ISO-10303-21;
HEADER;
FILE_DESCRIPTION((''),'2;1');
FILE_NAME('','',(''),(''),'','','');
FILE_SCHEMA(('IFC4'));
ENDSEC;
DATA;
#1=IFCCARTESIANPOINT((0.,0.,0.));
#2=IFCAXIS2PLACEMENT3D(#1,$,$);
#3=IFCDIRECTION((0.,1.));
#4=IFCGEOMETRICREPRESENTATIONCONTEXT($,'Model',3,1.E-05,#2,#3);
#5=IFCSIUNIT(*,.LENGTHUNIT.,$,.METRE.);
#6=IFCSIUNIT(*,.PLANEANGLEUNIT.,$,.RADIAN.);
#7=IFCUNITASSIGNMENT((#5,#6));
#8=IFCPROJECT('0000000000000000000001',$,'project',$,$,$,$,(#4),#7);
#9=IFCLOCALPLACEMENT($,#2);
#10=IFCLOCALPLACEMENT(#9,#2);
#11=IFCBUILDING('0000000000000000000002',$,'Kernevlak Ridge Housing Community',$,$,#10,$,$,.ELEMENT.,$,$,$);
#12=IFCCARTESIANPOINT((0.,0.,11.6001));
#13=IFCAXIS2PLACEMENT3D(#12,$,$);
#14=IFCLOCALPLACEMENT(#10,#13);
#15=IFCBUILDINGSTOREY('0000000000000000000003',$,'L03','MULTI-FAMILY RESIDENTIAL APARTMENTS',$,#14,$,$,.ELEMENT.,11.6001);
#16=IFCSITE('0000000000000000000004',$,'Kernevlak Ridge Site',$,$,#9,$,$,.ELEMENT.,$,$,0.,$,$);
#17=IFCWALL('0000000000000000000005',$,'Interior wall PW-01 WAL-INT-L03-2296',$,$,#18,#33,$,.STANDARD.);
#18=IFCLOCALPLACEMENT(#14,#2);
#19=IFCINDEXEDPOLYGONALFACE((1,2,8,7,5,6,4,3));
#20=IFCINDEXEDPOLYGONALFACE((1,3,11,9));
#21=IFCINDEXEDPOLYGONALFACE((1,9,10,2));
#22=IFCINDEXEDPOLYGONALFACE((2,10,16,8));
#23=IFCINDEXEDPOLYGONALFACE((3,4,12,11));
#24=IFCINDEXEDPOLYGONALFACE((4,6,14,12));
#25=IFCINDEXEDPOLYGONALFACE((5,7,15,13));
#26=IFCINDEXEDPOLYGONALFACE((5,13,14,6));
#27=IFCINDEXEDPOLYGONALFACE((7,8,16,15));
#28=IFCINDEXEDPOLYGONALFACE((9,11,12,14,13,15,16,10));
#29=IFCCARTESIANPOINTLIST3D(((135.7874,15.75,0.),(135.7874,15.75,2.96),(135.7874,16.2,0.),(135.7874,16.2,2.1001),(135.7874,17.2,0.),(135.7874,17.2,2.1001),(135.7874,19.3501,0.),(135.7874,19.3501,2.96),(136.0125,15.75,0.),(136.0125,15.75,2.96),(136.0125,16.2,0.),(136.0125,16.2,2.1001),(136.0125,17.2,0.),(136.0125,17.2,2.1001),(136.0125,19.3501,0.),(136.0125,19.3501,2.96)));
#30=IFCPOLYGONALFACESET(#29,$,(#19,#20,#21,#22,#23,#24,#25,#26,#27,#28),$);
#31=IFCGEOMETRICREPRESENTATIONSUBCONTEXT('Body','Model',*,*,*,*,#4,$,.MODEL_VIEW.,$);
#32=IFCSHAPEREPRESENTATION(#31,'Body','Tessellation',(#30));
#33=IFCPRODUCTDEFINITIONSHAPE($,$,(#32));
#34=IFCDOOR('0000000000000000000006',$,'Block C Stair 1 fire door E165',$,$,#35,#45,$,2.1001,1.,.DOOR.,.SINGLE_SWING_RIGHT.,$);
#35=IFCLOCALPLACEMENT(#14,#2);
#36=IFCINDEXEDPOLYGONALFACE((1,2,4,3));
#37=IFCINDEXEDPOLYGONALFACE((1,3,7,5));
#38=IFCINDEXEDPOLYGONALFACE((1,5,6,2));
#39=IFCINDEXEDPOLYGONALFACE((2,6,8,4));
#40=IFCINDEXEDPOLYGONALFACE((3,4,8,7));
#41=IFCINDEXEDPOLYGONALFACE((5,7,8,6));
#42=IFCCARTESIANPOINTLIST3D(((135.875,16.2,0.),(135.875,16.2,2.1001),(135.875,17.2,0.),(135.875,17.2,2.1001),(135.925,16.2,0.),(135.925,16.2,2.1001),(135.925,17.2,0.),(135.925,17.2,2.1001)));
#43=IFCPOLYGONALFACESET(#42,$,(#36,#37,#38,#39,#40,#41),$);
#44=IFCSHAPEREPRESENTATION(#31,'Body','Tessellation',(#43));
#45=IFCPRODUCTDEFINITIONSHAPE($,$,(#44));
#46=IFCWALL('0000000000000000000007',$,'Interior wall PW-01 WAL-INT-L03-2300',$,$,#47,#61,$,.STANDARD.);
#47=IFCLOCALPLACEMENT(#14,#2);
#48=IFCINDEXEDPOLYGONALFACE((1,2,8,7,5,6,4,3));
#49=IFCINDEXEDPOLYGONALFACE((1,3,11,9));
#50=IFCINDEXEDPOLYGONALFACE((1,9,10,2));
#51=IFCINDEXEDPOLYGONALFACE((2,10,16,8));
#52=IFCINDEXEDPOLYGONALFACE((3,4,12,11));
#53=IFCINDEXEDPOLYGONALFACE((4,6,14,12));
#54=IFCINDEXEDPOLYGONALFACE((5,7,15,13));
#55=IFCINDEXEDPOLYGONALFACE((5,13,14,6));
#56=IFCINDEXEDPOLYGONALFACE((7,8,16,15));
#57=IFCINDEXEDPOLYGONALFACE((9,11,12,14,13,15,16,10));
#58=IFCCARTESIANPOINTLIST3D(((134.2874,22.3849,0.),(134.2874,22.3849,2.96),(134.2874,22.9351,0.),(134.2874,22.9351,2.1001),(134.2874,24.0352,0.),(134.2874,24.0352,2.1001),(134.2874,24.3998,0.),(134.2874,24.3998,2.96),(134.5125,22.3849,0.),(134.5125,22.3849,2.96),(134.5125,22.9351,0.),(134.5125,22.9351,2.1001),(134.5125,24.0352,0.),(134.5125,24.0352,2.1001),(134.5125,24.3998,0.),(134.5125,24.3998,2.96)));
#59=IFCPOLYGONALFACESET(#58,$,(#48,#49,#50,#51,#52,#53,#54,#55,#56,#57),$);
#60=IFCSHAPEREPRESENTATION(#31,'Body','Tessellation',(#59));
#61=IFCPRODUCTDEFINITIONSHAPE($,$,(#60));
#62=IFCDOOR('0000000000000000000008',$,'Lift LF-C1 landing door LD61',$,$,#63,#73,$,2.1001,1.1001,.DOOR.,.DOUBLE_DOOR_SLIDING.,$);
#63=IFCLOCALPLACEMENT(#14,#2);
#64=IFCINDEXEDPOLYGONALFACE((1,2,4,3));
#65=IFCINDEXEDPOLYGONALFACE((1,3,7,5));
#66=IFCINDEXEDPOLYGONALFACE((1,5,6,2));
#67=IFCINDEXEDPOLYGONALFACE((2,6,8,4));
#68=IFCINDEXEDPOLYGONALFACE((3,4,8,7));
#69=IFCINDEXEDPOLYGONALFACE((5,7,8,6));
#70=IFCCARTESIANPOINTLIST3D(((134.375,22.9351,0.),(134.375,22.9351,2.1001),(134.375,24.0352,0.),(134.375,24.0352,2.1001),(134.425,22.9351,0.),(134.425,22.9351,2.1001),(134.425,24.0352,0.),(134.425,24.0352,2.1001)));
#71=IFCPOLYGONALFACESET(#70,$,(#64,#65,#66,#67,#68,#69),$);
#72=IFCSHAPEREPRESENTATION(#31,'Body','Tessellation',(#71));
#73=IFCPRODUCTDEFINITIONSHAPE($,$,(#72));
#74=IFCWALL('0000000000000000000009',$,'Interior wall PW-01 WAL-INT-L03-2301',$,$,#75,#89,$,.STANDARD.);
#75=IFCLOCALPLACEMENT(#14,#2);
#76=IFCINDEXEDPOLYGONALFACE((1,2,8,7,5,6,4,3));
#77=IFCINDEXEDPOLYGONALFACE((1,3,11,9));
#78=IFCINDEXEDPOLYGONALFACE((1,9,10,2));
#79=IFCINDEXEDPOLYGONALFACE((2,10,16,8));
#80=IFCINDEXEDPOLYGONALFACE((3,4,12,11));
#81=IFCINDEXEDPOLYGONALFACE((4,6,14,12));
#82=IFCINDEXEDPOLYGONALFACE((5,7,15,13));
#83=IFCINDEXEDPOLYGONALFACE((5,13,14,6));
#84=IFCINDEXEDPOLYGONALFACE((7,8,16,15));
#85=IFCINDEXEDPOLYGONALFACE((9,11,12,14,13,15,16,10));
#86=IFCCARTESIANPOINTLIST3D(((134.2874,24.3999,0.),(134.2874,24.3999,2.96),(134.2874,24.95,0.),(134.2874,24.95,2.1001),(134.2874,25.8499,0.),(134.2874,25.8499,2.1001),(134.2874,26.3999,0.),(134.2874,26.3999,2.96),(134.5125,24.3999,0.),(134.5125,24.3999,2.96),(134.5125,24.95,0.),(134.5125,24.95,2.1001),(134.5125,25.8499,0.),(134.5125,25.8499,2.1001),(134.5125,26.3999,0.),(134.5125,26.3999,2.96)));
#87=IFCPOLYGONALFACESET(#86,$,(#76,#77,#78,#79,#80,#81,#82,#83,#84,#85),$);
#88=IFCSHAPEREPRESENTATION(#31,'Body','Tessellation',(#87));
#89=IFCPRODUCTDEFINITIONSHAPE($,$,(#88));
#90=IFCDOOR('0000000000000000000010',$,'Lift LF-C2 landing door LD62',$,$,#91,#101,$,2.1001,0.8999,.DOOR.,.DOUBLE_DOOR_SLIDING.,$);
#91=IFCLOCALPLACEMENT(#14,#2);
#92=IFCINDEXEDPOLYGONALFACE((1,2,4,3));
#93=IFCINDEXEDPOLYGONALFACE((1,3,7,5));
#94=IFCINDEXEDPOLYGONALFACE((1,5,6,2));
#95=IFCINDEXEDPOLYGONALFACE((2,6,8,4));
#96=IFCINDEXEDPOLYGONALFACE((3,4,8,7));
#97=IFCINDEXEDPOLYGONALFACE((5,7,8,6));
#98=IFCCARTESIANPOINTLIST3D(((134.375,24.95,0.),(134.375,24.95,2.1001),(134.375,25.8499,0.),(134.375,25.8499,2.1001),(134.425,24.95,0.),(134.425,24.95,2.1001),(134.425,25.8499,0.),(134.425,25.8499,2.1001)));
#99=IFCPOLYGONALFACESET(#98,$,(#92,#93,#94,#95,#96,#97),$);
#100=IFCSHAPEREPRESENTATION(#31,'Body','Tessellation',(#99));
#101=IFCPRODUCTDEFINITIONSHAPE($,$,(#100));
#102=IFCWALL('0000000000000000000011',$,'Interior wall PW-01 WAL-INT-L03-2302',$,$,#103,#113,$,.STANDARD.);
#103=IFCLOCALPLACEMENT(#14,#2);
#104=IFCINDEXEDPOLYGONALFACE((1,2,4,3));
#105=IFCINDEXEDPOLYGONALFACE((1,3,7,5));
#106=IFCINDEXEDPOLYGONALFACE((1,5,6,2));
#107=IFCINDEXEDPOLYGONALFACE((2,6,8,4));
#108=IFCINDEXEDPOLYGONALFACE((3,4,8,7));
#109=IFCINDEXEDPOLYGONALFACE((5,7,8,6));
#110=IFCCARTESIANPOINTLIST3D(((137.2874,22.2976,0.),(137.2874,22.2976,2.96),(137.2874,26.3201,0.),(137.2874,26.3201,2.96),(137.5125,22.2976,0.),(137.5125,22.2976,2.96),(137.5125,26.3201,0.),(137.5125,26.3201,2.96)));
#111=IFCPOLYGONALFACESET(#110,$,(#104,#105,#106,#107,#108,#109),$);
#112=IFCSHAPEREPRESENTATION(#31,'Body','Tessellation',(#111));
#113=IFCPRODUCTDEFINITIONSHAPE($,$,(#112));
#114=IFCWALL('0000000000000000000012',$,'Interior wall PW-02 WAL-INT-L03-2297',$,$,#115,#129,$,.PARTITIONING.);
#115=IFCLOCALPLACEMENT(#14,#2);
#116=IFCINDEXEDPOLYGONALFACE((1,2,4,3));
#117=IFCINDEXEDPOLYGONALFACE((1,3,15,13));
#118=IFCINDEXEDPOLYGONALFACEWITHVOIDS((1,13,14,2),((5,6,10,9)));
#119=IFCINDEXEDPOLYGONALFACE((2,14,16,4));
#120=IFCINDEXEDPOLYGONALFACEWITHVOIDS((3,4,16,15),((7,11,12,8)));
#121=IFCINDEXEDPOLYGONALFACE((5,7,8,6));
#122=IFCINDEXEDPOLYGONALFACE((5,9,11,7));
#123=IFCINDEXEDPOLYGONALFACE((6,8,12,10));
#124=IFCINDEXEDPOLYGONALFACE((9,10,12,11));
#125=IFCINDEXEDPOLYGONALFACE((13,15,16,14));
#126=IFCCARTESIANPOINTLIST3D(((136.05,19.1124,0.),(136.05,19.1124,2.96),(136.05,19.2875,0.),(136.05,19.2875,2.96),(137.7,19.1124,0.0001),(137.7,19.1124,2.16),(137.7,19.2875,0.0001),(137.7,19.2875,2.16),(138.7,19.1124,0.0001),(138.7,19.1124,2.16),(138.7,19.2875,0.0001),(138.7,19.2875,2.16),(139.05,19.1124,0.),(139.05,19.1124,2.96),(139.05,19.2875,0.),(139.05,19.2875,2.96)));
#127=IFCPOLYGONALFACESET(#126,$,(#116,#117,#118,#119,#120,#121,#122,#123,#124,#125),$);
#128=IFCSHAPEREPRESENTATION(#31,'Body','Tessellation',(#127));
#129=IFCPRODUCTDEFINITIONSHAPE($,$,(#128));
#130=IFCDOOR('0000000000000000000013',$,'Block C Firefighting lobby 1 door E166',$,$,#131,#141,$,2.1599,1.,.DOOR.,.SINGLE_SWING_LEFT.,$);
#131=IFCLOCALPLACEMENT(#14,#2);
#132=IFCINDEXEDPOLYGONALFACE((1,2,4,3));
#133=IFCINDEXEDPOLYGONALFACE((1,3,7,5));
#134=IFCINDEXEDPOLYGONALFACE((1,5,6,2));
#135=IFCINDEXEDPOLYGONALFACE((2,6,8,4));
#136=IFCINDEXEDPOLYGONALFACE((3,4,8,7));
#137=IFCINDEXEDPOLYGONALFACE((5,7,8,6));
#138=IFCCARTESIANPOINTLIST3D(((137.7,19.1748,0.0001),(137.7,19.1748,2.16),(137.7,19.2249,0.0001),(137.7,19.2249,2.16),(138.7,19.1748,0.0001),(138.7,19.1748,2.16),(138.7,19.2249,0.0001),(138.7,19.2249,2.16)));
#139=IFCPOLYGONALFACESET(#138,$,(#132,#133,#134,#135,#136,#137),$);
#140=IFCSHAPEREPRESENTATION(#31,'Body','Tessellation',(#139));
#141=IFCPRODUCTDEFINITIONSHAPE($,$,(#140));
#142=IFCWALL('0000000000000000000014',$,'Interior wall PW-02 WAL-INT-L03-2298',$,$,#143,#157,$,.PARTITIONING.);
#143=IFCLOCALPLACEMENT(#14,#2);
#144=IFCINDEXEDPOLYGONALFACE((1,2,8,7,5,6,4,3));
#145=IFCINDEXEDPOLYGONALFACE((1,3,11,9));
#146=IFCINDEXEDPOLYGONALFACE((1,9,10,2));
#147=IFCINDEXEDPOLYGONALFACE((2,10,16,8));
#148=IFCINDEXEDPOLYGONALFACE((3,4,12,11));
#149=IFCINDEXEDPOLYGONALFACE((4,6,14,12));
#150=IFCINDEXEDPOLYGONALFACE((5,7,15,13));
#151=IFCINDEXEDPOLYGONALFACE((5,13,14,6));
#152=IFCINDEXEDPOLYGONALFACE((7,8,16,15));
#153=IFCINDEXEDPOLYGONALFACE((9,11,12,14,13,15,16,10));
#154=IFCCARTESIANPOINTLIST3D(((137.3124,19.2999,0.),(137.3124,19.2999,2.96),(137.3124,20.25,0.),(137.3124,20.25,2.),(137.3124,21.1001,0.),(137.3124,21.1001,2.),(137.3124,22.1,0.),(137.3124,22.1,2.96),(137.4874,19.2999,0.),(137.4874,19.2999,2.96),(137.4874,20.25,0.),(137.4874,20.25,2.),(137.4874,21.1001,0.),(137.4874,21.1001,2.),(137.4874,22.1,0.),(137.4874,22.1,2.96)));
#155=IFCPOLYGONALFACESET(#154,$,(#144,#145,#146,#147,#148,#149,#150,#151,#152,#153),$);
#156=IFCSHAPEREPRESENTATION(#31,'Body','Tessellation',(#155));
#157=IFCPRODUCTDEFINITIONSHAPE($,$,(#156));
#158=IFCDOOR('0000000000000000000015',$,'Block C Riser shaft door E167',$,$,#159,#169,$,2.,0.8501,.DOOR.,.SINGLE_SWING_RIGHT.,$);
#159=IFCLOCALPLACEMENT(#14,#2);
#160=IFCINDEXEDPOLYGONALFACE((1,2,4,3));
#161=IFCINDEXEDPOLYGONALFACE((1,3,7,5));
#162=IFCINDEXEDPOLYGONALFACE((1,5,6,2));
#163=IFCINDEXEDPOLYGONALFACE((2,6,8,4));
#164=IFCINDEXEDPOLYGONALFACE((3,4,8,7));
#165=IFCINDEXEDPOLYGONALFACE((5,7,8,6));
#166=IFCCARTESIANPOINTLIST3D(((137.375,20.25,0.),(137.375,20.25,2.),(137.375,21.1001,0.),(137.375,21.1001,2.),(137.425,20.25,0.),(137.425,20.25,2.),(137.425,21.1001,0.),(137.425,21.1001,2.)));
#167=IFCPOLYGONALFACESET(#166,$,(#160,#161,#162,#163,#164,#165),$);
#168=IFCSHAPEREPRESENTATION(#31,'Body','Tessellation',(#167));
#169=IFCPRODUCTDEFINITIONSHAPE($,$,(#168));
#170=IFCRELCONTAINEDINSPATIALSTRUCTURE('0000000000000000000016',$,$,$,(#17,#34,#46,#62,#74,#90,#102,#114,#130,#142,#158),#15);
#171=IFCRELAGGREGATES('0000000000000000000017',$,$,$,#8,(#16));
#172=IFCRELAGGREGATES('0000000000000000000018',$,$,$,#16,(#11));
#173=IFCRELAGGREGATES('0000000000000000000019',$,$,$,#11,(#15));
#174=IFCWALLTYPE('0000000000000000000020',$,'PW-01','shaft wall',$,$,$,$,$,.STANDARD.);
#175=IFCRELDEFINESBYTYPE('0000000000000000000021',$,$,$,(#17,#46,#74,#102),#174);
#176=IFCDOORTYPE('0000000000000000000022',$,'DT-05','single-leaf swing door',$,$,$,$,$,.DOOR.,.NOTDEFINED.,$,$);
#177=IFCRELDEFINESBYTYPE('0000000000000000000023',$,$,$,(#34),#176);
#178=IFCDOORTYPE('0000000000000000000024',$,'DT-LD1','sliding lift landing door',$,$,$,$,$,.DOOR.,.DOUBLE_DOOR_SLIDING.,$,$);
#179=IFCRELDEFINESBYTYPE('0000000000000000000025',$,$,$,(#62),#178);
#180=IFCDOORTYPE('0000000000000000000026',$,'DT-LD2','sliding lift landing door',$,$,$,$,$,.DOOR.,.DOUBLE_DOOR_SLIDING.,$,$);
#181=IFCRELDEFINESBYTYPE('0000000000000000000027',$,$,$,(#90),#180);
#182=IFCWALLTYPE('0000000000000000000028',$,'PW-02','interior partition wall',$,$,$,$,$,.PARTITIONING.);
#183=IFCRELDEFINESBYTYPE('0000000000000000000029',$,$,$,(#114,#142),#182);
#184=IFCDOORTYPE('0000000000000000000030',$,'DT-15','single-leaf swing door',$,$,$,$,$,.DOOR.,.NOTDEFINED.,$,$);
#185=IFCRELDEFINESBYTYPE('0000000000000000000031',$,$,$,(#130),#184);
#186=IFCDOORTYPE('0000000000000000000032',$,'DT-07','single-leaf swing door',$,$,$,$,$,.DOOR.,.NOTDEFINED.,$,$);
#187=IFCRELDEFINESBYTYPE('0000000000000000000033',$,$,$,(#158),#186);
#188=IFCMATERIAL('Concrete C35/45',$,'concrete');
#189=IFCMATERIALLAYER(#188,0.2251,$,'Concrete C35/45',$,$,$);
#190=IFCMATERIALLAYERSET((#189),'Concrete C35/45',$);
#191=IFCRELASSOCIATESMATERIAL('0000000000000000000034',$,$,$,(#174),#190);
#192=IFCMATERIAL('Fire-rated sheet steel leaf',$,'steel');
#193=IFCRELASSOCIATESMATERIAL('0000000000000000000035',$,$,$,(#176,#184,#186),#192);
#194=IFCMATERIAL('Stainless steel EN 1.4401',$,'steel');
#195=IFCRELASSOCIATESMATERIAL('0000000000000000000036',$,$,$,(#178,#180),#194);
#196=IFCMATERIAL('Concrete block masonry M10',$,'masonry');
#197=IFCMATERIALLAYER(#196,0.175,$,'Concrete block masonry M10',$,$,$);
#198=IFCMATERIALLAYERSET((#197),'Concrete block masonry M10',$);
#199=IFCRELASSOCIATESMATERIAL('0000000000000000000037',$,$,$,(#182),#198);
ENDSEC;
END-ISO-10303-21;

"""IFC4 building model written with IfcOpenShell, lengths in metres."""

from ifc_helpers import new_model, si_unit, direction, frame, frame_2d, origin, place, context, subcontext, project, spatial, rectangle, extrude, material, layer, layer_set, type_object, element, fill, save


model = new_model("IFC4")

# Units and contexts
model_context = context("Model", 3, precision=1e-05, world=origin(), true_north=direction((0.0, 1.0)))
body_context = subcontext(model_context, "Body", "Model", "MODEL_VIEW")
ifc_project = project(units=[si_unit("LENGTHUNIT", "METRE"), si_unit("PLANEANGLEUNIT", "RADIAN")], contexts=[model_context])

# Site, building, storey
site_placement = place(None, origin())
site = spatial("IfcSite", under=ifc_project, at=site_placement, Name="Kernevlak Ridge Site", CompositionType="ELEMENT", RefElevation=0.0)
building_placement = place(site_placement, origin())
building = spatial("IfcBuilding", under=site, at=building_placement, Name="Kernevlak Ridge Housing Community", CompositionType="ELEMENT")
storey_placement = place(building_placement, frame((0.0, 0.0, 11.6001)))
storey = spatial("IfcBuildingStorey", under=building, at=storey_placement, Name="L03", Description="MULTI-FAMILY RESIDENTIAL APARTMENTS", CompositionType="ELEMENT", Elevation=11.6001)

# Shared definitions
ifc_material_1 = material(Name="Concrete C35/45", Category="concrete")

# Walls, openings, doors
ifc_layer_1 = layer(ifc_material_1, 0.2251, Name="Concrete C35/45")
ifc_layer_set_1 = layer_set([ifc_layer_1], Name="Concrete C35/45")
wall_type_1 = type_object("IfcWallType", Name="PW-01", Description="shaft wall", PredefinedType="STANDARD", material=ifc_layer_set_1)
wall_1_placement = place(storey_placement, frame((135.8999, 15.75, 0.0), z_axis=(0.0, 0.0, 1.0), x_axis=(0.0, 1.0, 0.0)))
wall_1 = element("IfcWall", 1, at=wall_1_placement, inside=storey, type_object=wall_type_1, Name="Interior wall PW-01 WAL-INT-L03-2296", PredefinedType="STANDARD", context=body_context, shape_type="SweptSolid", body=[
    extrude(rectangle(XDim=3.6001, YDim=0.2251, at=frame_2d((1.8, 0.0))), origin(), (0.0, 0.0, 1.0), 2.96),
])
opening_1_placement = place(wall_1_placement, frame((0.45, 0.0, 0.0)))
opening_1 = element("IfcOpeningElement", 2, at=opening_1_placement, cuts=wall_1, PredefinedType="OPENING", context=body_context, shape_type="SweptSolid", body=[
    extrude(rectangle(XDim=1.0, YDim=2.1001, at=frame_2d((0.5, 1.05))), frame((0.0, 0.1226, 0.0), z_axis=(0.0, -1.0, 0.0), x_axis=(1.0, 0.0, 0.0)), (0.0, 0.0, 1.0), 0.2451),
])
ifc_material_2 = material(Name="Fire-rated sheet steel leaf", Category="steel")
door_type_1 = type_object("IfcDoorType", Name="DT-05", Description="single-leaf swing door", OperationType="NOTDEFINED", PredefinedType="DOOR", material=ifc_material_2)
door_1_placement = place(opening_1_placement, origin())
door_1 = element("IfcDoor", 3, at=door_1_placement, inside=storey, type_object=door_type_1, Name="Block C Stair 1 fire door E165", OperationType="SINGLE_SWING_RIGHT", OverallHeight=2.1001, OverallWidth=1.0, PredefinedType="DOOR", context=body_context, shape_type="SweptSolid", body=[
    extrude(rectangle(XDim=1.0, YDim=2.1001, at=frame_2d((0.5, 1.05))), frame((0.0, 0.0249, 0.0), z_axis=(0.0, -1.0, 0.0), x_axis=(1.0, 0.0, 0.0)), (0.0, 0.0, 1.0), 0.05),
])
fill(opening_1, door_1)
wall_2_placement = place(storey_placement, frame((134.3999, 22.385, 0.0), z_axis=(0.0, 0.0, 1.0), x_axis=(0.0, 1.0, 0.0)))
wall_2 = element("IfcWall", 4, at=wall_2_placement, inside=storey, type_object=wall_type_1, Name="Interior wall PW-01 WAL-INT-L03-2300", PredefinedType="STANDARD", context=body_context, shape_type="SweptSolid", body=[
    extrude(rectangle(XDim=2.0149, YDim=0.2251, at=frame_2d((1.0073, 0.0))), origin(), (0.0, 0.0, 1.0), 2.96),
])
opening_2_placement = place(wall_2_placement, frame((0.55, 0.0, 0.0)))
opening_2 = element("IfcOpeningElement", 5, at=opening_2_placement, cuts=wall_2, PredefinedType="OPENING", context=body_context, shape_type="SweptSolid", body=[
    extrude(rectangle(XDim=1.1001, YDim=2.1001, at=frame_2d((0.55, 1.05))), frame((0.0, 0.1226, 0.0), z_axis=(0.0, -1.0, 0.0), x_axis=(1.0, 0.0, 0.0)), (0.0, 0.0, 1.0), 0.2451),
])
ifc_material_3 = material(Name="Stainless steel EN 1.4401", Category="steel")
door_type_2 = type_object("IfcDoorType", Name="DT-LD1", Description="sliding lift landing door", OperationType="DOUBLE_DOOR_SLIDING", PredefinedType="DOOR", material=ifc_material_3)
door_2_placement = place(opening_2_placement, origin())
door_2 = element("IfcDoor", 6, at=door_2_placement, inside=storey, type_object=door_type_2, Name="Lift LF-C1 landing door LD61", OperationType="DOUBLE_DOOR_SLIDING", OverallHeight=2.1001, OverallWidth=1.1001, PredefinedType="DOOR", context=body_context, shape_type="SweptSolid", body=[
    extrude(rectangle(XDim=1.1001, YDim=2.1001, at=frame_2d((0.55, 1.05))), frame((0.0, 0.0249, 0.0), z_axis=(0.0, -1.0, 0.0), x_axis=(1.0, 0.0, 0.0)), (0.0, 0.0, 1.0), 0.05),
])
fill(opening_2, door_2)
wall_3_placement = place(storey_placement, frame((134.3999, 24.3999, 0.0), z_axis=(0.0, 0.0, 1.0), x_axis=(0.0, 1.0, 0.0)))
wall_3 = element("IfcWall", 7, at=wall_3_placement, inside=storey, type_object=wall_type_1, Name="Interior wall PW-01 WAL-INT-L03-2301", PredefinedType="STANDARD", context=body_context, shape_type="SweptSolid", body=[
    extrude(rectangle(XDim=2.0, YDim=0.2251, at=frame_2d((1.0, 0.0))), origin(), (0.0, 0.0, 1.0), 2.96),
])
opening_3_placement = place(wall_3_placement, frame((0.55, 0.0, 0.0)))
opening_3 = element("IfcOpeningElement", 8, at=opening_3_placement, cuts=wall_3, PredefinedType="OPENING", context=body_context, shape_type="SweptSolid", body=[
    extrude(rectangle(XDim=0.8999, YDim=2.1001, at=frame_2d((0.45, 1.05))), frame((0.0, 0.1226, 0.0), z_axis=(0.0, -1.0, 0.0), x_axis=(1.0, 0.0, 0.0)), (0.0, 0.0, 1.0), 0.2451),
])
door_type_3 = type_object("IfcDoorType", Name="DT-LD2", Description="sliding lift landing door", OperationType="DOUBLE_DOOR_SLIDING", PredefinedType="DOOR", material=ifc_material_3)
door_3_placement = place(opening_3_placement, origin())
door_3 = element("IfcDoor", 9, at=door_3_placement, inside=storey, type_object=door_type_3, Name="Lift LF-C2 landing door LD62", OperationType="DOUBLE_DOOR_SLIDING", OverallHeight=2.1001, OverallWidth=0.8999, PredefinedType="DOOR", context=body_context, shape_type="SweptSolid", body=[
    extrude(rectangle(XDim=0.8999, YDim=2.1001, at=frame_2d((0.45, 1.05))), frame((0.0, 0.0249, 0.0), z_axis=(0.0, -1.0, 0.0), x_axis=(1.0, 0.0, 0.0)), (0.0, 0.0, 1.0), 0.05),
])
fill(opening_3, door_3)

# Wall
wall_4_placement = place(storey_placement, frame((137.3999, 22.2976, 0.0), z_axis=(0.0, 0.0, 1.0), x_axis=(0.0, 1.0, 0.0)))
element("IfcWall", 10, at=wall_4_placement, inside=storey, type_object=wall_type_1, Name="Interior wall PW-01 WAL-INT-L03-2302", PredefinedType="STANDARD", context=body_context, shape_type="SweptSolid", body=[
    extrude(rectangle(XDim=4.0225, YDim=0.2251, at=frame_2d((2.0112, 0.0))), origin(), (0.0, 0.0, 1.0), 2.96),
])

# Walls, openings, doors
ifc_material_4 = material(Name="Concrete block masonry M10", Category="masonry")
ifc_layer_2 = layer(ifc_material_4, 0.175, Name="Concrete block masonry M10")
ifc_layer_set_2 = layer_set([ifc_layer_2], Name="Concrete block masonry M10")
wall_type_2 = type_object("IfcWallType", Name="PW-02", Description="interior partition wall", PredefinedType="PARTITIONING", material=ifc_layer_set_2)
wall_5_placement = place(storey_placement, frame((136.05, 19.2, 0.0), z_axis=(0.0, 0.0, 1.0), x_axis=(1.0, 0.0, 0.0)))
wall_5 = element("IfcWall", 11, at=wall_5_placement, inside=storey, type_object=wall_type_2, Name="Interior wall PW-02 WAL-INT-L03-2297", PredefinedType="PARTITIONING", context=body_context, shape_type="SweptSolid", body=[
    extrude(rectangle(XDim=3.0, YDim=0.175, at=frame_2d((1.5, 0.0))), origin(), (0.0, 0.0, 1.0), 2.96),
])
opening_4_placement = place(wall_5_placement, frame((1.6499, 0.0, 0.0)))
opening_4 = element("IfcOpeningElement", 12, at=opening_4_placement, cuts=wall_5, PredefinedType="OPENING", context=body_context, shape_type="SweptSolid", body=[
    extrude(rectangle(XDim=1.0, YDim=2.1599, at=frame_2d((0.5, 1.0801))), frame((0.0, 0.0974, 0.0), z_axis=(0.0, -1.0, 0.0), x_axis=(1.0, 0.0, 0.0)), (0.0, 0.0, 1.0), 0.1951),
])
door_type_4 = type_object("IfcDoorType", Name="DT-15", Description="single-leaf swing door", OperationType="NOTDEFINED", PredefinedType="DOOR", material=ifc_material_2)
door_4_placement = place(opening_4_placement, origin())
door_4 = element("IfcDoor", 13, at=door_4_placement, inside=storey, type_object=door_type_4, Name="Block C Firefighting lobby 1 door E166", OperationType="SINGLE_SWING_LEFT", OverallHeight=2.1599, OverallWidth=1.0, PredefinedType="DOOR", context=body_context, shape_type="SweptSolid", body=[
    extrude(rectangle(XDim=1.0, YDim=2.1599, at=frame_2d((0.5, 1.0801))), frame((0.0, 0.0249, 0.0), z_axis=(0.0, -1.0, 0.0), x_axis=(1.0, 0.0, 0.0)), (0.0, 0.0, 1.0), 0.05),
])
fill(opening_4, door_4)
wall_6_placement = place(storey_placement, frame((137.3999, 19.3, 0.0), z_axis=(0.0, 0.0, 1.0), x_axis=(0.0, 1.0, 0.0)))
wall_6 = element("IfcWall", 14, at=wall_6_placement, inside=storey, type_object=wall_type_2, Name="Interior wall PW-02 WAL-INT-L03-2298", PredefinedType="PARTITIONING", context=body_context, shape_type="SweptSolid", body=[
    extrude(rectangle(XDim=2.8, YDim=0.175, at=frame_2d((1.3999, 0.0))), origin(), (0.0, 0.0, 1.0), 2.96),
])
opening_5_placement = place(wall_6_placement, frame((0.95, 0.0, 0.0)))
opening_5 = element("IfcOpeningElement", 15, at=opening_5_placement, cuts=wall_6, PredefinedType="OPENING", context=body_context, shape_type="SweptSolid", body=[
    extrude(rectangle(XDim=0.8501, YDim=2.0, at=frame_2d((0.425, 1.0))), frame((0.0, 0.0974, 0.0), z_axis=(0.0, -1.0, 0.0), x_axis=(1.0, 0.0, 0.0)), (0.0, 0.0, 1.0), 0.1951),
])
door_type_5 = type_object("IfcDoorType", Name="DT-07", Description="single-leaf swing door", OperationType="NOTDEFINED", PredefinedType="DOOR", material=ifc_material_2)
door_5_placement = place(opening_5_placement, origin())
door_5 = element("IfcDoor", 16, at=door_5_placement, inside=storey, type_object=door_type_5, Name="Block C Riser shaft door E167", OperationType="SINGLE_SWING_RIGHT", OverallHeight=2.0, OverallWidth=0.8501, PredefinedType="DOOR", context=body_context, shape_type="SweptSolid", body=[
    extrude(rectangle(XDim=0.8501, YDim=2.0, at=frame_2d((0.425, 1.0))), frame((0.0, 0.0249, 0.0), z_axis=(0.0, -1.0, 0.0), x_axis=(1.0, 0.0, 0.0)), (0.0, 0.0, 1.0), 0.05),
])
fill(opening_5, door_5)

save(model, "model.ifc")
